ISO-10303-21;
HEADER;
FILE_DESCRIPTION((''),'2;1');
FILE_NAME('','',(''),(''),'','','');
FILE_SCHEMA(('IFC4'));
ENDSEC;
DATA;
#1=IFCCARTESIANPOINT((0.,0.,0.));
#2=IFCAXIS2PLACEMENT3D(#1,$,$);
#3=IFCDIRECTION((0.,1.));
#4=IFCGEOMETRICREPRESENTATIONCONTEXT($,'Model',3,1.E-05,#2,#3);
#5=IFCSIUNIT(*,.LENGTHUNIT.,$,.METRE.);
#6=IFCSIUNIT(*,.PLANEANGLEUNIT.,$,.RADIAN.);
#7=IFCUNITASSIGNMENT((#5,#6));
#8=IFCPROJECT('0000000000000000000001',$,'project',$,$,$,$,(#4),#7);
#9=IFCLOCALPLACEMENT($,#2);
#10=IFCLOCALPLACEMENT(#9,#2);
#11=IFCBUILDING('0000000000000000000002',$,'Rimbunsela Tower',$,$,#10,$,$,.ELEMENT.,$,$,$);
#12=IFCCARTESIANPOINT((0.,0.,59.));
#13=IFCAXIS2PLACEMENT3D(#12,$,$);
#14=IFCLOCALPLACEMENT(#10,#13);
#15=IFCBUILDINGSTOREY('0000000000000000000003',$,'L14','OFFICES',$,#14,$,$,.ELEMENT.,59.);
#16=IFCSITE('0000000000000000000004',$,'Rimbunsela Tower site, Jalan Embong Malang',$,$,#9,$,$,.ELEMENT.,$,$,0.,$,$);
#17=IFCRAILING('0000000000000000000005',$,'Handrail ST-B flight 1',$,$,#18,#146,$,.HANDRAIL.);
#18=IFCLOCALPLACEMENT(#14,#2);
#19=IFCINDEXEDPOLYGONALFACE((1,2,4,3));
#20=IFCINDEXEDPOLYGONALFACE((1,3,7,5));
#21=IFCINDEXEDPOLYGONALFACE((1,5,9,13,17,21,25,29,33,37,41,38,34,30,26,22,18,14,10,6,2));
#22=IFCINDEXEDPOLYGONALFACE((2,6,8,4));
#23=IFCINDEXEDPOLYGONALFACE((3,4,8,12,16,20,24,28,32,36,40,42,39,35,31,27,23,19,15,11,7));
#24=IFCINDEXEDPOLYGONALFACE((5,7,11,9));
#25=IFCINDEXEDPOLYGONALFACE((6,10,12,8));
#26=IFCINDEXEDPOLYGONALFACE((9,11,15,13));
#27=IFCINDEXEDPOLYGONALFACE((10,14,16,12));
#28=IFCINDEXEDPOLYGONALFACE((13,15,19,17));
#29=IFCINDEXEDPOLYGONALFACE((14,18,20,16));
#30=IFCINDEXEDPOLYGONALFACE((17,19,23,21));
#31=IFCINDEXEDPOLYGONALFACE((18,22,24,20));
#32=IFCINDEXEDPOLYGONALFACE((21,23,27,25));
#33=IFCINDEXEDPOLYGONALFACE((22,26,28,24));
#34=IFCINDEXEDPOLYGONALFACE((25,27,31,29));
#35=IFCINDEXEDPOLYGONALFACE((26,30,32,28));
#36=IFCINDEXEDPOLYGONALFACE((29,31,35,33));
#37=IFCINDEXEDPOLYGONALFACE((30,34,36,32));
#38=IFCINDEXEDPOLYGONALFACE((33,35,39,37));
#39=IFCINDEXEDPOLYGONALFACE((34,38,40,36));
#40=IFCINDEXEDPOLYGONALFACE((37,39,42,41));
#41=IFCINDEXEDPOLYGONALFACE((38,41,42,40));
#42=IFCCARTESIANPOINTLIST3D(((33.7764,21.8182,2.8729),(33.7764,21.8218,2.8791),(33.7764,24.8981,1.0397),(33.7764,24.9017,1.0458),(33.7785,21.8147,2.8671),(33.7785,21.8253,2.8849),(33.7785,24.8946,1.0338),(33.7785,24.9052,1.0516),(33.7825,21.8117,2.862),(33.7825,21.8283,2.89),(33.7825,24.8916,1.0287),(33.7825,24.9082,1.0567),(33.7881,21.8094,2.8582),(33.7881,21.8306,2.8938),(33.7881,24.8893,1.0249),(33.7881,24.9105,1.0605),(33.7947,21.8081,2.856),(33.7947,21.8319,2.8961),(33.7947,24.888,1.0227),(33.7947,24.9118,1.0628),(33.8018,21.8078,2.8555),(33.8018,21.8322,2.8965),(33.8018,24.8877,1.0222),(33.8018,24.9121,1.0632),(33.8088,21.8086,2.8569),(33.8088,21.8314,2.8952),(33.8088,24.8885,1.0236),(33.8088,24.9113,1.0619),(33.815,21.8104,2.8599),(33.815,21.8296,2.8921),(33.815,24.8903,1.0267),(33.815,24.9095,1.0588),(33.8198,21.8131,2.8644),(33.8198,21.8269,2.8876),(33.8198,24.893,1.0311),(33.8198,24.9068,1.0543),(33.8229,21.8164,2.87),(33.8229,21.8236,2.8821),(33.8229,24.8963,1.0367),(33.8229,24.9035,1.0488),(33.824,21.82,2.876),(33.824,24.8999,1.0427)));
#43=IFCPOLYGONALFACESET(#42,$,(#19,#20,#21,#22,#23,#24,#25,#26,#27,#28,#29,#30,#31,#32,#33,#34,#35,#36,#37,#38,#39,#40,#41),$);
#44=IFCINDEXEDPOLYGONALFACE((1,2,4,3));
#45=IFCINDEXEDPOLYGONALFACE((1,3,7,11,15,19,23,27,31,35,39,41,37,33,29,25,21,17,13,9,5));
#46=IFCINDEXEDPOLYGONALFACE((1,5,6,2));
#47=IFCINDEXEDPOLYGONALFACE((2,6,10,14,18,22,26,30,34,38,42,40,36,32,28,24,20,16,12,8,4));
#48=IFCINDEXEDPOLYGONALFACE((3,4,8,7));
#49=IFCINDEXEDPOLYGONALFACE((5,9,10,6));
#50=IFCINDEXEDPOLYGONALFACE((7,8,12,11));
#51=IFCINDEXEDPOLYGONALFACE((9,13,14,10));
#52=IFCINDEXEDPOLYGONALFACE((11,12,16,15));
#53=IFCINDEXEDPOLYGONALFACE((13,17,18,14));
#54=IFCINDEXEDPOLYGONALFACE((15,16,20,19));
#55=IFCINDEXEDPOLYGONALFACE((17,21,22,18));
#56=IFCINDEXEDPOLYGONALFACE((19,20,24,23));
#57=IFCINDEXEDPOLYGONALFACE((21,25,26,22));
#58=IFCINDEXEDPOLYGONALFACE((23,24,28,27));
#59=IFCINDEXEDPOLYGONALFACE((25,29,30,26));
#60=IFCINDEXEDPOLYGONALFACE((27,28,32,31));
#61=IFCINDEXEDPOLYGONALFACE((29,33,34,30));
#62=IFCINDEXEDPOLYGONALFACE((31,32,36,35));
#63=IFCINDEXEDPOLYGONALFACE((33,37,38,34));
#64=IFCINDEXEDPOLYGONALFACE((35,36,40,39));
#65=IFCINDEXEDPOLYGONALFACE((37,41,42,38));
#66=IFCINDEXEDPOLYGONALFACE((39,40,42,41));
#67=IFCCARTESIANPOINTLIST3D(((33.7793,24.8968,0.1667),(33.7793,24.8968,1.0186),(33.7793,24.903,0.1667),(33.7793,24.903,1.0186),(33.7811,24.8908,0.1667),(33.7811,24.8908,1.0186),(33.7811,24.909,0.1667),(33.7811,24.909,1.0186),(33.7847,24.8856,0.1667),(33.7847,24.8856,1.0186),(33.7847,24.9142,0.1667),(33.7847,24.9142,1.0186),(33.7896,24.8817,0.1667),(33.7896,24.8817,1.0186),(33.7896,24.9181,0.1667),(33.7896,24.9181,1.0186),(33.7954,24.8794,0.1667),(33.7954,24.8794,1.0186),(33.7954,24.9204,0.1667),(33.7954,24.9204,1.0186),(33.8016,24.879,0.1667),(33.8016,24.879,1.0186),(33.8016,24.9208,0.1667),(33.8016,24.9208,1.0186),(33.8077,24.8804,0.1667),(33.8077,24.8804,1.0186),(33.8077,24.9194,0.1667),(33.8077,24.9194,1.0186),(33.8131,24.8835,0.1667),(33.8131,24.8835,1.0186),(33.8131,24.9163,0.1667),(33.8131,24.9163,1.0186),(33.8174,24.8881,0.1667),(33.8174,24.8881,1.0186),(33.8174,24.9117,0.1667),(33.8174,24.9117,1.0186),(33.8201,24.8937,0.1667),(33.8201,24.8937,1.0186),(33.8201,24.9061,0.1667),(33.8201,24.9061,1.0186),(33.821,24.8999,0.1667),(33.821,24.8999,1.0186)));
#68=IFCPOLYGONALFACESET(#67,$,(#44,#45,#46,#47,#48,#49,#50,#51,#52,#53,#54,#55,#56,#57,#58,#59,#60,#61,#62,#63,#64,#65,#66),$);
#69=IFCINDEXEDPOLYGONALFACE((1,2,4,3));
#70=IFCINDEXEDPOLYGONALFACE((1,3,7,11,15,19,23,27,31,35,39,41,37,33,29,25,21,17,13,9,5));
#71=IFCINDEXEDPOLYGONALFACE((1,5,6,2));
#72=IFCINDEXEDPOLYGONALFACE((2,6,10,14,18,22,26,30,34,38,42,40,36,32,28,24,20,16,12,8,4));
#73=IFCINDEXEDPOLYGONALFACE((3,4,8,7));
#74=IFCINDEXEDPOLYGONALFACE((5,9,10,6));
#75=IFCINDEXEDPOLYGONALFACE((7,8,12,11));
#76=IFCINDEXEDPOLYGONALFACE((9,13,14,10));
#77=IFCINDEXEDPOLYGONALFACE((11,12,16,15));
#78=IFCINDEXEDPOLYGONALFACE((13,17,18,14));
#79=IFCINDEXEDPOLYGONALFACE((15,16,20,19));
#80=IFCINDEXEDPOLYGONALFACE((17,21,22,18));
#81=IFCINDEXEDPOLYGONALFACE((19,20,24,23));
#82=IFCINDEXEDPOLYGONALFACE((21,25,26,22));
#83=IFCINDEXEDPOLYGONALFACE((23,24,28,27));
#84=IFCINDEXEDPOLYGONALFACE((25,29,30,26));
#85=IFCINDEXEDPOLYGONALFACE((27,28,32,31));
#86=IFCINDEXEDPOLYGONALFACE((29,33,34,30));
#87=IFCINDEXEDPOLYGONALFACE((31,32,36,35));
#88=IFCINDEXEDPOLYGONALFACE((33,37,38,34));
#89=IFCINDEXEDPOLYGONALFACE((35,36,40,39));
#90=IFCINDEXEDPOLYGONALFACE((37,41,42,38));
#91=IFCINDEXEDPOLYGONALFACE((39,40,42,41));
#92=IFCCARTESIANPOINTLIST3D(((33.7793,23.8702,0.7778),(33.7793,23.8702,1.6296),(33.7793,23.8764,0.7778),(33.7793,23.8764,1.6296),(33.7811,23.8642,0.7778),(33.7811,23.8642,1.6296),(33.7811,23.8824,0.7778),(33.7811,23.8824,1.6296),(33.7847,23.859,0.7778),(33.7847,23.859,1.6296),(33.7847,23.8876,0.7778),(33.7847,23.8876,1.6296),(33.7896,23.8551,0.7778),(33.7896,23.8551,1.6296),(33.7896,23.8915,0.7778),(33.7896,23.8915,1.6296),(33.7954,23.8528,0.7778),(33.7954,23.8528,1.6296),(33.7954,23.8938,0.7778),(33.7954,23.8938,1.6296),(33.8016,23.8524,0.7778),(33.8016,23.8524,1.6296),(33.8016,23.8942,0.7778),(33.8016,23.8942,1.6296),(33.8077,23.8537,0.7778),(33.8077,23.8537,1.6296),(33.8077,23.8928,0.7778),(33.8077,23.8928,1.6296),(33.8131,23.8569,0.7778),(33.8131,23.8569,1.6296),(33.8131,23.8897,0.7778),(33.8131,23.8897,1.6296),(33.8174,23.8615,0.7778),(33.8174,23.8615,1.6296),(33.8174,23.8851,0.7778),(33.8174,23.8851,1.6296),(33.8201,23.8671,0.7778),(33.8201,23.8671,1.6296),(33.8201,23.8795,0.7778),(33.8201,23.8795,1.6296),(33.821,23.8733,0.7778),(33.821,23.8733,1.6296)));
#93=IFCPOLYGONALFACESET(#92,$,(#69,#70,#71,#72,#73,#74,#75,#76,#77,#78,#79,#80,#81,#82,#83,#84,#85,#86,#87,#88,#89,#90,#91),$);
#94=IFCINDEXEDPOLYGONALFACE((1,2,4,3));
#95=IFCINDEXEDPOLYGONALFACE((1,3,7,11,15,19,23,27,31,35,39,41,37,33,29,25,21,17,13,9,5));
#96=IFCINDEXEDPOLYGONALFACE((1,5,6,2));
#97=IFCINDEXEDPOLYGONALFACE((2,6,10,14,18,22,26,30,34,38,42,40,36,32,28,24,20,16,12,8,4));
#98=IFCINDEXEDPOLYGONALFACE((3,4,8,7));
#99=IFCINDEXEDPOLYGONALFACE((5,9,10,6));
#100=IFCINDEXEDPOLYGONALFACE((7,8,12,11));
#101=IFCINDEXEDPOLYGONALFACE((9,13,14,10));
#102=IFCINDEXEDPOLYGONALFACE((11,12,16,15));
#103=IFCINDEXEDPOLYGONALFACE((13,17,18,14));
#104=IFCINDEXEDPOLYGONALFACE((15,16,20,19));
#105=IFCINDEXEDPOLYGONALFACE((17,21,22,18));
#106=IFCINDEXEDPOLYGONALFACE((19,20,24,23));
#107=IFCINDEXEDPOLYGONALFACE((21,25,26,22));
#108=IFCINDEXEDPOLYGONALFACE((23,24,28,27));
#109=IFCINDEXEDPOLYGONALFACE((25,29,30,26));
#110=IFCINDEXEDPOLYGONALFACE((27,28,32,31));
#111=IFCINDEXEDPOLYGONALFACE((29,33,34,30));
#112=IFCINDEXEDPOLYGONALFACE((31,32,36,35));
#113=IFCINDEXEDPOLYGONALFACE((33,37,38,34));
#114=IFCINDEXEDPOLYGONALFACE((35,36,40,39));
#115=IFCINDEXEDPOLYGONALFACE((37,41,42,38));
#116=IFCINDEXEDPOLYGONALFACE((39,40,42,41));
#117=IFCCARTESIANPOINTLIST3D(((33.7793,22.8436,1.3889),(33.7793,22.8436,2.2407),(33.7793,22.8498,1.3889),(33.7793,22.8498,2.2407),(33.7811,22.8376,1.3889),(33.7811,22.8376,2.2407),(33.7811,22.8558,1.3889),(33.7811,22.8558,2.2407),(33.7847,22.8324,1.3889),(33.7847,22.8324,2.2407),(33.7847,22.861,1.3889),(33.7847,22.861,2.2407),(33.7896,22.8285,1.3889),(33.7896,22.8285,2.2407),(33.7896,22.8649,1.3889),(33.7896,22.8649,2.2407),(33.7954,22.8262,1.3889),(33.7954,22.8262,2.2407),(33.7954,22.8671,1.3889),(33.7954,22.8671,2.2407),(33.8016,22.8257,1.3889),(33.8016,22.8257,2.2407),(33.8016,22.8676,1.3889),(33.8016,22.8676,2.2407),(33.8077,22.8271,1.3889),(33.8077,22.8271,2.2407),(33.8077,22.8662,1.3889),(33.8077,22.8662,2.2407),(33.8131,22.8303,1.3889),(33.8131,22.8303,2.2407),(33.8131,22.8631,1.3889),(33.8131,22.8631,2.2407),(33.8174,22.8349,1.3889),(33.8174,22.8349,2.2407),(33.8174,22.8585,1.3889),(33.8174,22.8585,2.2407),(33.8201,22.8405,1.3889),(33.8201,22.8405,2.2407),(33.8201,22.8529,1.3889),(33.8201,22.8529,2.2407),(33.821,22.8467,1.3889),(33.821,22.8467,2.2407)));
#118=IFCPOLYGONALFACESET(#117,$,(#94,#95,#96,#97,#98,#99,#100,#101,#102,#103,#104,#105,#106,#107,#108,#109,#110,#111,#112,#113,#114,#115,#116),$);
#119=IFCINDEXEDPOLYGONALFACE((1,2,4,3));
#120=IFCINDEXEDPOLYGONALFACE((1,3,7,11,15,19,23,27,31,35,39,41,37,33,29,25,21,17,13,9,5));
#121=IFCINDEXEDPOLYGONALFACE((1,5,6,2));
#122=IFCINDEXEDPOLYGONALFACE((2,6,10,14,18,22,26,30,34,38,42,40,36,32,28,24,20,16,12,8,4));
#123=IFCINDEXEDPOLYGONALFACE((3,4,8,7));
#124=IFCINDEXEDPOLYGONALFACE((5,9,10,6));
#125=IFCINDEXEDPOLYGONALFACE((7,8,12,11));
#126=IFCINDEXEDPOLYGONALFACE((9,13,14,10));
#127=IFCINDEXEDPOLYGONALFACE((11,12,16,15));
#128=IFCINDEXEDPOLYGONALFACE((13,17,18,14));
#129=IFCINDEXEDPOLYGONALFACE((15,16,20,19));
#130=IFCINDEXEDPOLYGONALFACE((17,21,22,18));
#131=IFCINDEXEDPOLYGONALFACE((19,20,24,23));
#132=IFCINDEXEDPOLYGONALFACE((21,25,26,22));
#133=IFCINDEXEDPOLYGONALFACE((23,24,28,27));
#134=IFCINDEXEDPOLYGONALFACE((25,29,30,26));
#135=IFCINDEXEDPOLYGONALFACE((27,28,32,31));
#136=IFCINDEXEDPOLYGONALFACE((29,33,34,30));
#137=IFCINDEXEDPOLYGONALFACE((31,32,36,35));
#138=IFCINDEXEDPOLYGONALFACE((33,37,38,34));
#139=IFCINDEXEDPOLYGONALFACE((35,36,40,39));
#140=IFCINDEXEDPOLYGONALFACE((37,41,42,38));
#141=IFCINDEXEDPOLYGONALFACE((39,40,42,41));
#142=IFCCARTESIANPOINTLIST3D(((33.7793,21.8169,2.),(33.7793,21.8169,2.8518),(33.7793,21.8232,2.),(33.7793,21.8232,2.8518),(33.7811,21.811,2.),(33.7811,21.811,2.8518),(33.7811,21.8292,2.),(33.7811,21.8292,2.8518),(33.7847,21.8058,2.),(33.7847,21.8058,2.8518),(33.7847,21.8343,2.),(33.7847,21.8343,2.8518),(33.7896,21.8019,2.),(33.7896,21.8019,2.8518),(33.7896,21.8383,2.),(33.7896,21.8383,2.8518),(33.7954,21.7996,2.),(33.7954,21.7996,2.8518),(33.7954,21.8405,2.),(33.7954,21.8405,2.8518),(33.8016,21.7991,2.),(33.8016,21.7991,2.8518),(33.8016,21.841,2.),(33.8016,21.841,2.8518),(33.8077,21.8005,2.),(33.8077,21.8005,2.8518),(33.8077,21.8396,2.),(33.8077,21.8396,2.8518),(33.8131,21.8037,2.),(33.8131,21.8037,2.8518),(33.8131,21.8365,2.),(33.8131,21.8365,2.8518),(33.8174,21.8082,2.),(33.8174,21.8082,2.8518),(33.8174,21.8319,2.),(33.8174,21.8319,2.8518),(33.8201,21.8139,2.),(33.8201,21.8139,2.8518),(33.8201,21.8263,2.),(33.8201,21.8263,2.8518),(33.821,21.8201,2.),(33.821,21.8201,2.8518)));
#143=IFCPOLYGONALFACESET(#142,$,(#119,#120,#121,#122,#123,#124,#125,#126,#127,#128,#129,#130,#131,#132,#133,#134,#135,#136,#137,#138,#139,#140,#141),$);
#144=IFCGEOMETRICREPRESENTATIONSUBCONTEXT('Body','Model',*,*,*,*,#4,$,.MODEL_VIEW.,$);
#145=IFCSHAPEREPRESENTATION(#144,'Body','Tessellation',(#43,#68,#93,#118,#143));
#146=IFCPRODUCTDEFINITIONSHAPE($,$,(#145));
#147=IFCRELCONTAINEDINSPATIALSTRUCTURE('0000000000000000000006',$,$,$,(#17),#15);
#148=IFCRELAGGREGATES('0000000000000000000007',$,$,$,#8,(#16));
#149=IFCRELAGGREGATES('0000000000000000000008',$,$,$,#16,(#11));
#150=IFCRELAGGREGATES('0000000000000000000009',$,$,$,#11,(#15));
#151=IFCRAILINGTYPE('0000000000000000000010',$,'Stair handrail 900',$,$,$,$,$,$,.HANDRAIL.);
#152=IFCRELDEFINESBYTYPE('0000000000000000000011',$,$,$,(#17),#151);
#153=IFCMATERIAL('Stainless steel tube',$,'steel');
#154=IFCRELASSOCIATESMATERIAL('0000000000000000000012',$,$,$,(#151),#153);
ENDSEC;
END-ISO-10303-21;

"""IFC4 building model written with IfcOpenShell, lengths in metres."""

from ifc_helpers import new_model, si_unit, direction, frame, origin, origin_2d, place, context, subcontext, project, spatial, circle, extrude, material, type_object, element, save


model = new_model("IFC4")

# Units and contexts
model_context = context("Model", 3, precision=1e-05, world=origin(), true_north=direction((0.0, 1.0)))
body_context = subcontext(model_context, "Body", "Model", "MODEL_VIEW")
ifc_project = project(units=[si_unit("LENGTHUNIT", "METRE"), si_unit("PLANEANGLEUNIT", "RADIAN")], contexts=[model_context])

# Site, building, storey
site_placement = place(None, origin())
site = spatial("IfcSite", under=ifc_project, at=site_placement, Name="Rimbunsela Tower site, Jalan Embong Malang", CompositionType="ELEMENT", RefElevation=0.0)
building_placement = place(site_placement, origin())
building = spatial("IfcBuilding", under=site, at=building_placement, Name="Rimbunsela Tower", CompositionType="ELEMENT")
storey_placement = place(building_placement, frame((0.0, 0.0, 59.0)))
storey = spatial("IfcBuildingStorey", under=building, at=storey_placement, Name="L14", Description="OFFICES", CompositionType="ELEMENT", Elevation=59.0)

# Railing
ifc_material_1 = material(Name="Stainless steel tube", Category="steel")
railing_type = type_object("IfcRailingType", Name="Stair handrail 900", PredefinedType="HANDRAIL", material=ifc_material_1)
railing_placement = place(storey_placement, frame((33.8, 24.8999, 0.1667)))
element("IfcRailing", 1, at=railing_placement, inside=storey, type_object=railing_type, Name="Handrail ST-B flight 1", PredefinedType="HANDRAIL", context=body_context, shape_type="SweptSolid", body=[
    extrude(circle(Radius=0.0239, at=origin_2d()), frame((0.0, 0.0, 0.876), z_axis=(0.0, -0.859291, 0.511487), x_axis=(1.0, 0.0, 0.0)), (0.0, 0.0, 1.0), 3.5842),
    extrude(circle(Radius=0.021, at=origin_2d()), origin(), (0.0, 0.0, 1.0), 0.8518),
    extrude(circle(Radius=0.021, at=origin_2d()), frame((0.0, -1.0266, 0.6111)), (0.0, 0.0, 1.0), 0.8518),
    extrude(circle(Radius=0.021, at=origin_2d()), frame((0.0, -2.0532, 1.2222)), (0.0, 0.0, 1.0), 0.8518),
    extrude(circle(Radius=0.021, at=origin_2d()), frame((0.0, -3.0798, 1.8333)), (0.0, 0.0, 1.0), 0.8518),
])

save(model, "model.ifc")
